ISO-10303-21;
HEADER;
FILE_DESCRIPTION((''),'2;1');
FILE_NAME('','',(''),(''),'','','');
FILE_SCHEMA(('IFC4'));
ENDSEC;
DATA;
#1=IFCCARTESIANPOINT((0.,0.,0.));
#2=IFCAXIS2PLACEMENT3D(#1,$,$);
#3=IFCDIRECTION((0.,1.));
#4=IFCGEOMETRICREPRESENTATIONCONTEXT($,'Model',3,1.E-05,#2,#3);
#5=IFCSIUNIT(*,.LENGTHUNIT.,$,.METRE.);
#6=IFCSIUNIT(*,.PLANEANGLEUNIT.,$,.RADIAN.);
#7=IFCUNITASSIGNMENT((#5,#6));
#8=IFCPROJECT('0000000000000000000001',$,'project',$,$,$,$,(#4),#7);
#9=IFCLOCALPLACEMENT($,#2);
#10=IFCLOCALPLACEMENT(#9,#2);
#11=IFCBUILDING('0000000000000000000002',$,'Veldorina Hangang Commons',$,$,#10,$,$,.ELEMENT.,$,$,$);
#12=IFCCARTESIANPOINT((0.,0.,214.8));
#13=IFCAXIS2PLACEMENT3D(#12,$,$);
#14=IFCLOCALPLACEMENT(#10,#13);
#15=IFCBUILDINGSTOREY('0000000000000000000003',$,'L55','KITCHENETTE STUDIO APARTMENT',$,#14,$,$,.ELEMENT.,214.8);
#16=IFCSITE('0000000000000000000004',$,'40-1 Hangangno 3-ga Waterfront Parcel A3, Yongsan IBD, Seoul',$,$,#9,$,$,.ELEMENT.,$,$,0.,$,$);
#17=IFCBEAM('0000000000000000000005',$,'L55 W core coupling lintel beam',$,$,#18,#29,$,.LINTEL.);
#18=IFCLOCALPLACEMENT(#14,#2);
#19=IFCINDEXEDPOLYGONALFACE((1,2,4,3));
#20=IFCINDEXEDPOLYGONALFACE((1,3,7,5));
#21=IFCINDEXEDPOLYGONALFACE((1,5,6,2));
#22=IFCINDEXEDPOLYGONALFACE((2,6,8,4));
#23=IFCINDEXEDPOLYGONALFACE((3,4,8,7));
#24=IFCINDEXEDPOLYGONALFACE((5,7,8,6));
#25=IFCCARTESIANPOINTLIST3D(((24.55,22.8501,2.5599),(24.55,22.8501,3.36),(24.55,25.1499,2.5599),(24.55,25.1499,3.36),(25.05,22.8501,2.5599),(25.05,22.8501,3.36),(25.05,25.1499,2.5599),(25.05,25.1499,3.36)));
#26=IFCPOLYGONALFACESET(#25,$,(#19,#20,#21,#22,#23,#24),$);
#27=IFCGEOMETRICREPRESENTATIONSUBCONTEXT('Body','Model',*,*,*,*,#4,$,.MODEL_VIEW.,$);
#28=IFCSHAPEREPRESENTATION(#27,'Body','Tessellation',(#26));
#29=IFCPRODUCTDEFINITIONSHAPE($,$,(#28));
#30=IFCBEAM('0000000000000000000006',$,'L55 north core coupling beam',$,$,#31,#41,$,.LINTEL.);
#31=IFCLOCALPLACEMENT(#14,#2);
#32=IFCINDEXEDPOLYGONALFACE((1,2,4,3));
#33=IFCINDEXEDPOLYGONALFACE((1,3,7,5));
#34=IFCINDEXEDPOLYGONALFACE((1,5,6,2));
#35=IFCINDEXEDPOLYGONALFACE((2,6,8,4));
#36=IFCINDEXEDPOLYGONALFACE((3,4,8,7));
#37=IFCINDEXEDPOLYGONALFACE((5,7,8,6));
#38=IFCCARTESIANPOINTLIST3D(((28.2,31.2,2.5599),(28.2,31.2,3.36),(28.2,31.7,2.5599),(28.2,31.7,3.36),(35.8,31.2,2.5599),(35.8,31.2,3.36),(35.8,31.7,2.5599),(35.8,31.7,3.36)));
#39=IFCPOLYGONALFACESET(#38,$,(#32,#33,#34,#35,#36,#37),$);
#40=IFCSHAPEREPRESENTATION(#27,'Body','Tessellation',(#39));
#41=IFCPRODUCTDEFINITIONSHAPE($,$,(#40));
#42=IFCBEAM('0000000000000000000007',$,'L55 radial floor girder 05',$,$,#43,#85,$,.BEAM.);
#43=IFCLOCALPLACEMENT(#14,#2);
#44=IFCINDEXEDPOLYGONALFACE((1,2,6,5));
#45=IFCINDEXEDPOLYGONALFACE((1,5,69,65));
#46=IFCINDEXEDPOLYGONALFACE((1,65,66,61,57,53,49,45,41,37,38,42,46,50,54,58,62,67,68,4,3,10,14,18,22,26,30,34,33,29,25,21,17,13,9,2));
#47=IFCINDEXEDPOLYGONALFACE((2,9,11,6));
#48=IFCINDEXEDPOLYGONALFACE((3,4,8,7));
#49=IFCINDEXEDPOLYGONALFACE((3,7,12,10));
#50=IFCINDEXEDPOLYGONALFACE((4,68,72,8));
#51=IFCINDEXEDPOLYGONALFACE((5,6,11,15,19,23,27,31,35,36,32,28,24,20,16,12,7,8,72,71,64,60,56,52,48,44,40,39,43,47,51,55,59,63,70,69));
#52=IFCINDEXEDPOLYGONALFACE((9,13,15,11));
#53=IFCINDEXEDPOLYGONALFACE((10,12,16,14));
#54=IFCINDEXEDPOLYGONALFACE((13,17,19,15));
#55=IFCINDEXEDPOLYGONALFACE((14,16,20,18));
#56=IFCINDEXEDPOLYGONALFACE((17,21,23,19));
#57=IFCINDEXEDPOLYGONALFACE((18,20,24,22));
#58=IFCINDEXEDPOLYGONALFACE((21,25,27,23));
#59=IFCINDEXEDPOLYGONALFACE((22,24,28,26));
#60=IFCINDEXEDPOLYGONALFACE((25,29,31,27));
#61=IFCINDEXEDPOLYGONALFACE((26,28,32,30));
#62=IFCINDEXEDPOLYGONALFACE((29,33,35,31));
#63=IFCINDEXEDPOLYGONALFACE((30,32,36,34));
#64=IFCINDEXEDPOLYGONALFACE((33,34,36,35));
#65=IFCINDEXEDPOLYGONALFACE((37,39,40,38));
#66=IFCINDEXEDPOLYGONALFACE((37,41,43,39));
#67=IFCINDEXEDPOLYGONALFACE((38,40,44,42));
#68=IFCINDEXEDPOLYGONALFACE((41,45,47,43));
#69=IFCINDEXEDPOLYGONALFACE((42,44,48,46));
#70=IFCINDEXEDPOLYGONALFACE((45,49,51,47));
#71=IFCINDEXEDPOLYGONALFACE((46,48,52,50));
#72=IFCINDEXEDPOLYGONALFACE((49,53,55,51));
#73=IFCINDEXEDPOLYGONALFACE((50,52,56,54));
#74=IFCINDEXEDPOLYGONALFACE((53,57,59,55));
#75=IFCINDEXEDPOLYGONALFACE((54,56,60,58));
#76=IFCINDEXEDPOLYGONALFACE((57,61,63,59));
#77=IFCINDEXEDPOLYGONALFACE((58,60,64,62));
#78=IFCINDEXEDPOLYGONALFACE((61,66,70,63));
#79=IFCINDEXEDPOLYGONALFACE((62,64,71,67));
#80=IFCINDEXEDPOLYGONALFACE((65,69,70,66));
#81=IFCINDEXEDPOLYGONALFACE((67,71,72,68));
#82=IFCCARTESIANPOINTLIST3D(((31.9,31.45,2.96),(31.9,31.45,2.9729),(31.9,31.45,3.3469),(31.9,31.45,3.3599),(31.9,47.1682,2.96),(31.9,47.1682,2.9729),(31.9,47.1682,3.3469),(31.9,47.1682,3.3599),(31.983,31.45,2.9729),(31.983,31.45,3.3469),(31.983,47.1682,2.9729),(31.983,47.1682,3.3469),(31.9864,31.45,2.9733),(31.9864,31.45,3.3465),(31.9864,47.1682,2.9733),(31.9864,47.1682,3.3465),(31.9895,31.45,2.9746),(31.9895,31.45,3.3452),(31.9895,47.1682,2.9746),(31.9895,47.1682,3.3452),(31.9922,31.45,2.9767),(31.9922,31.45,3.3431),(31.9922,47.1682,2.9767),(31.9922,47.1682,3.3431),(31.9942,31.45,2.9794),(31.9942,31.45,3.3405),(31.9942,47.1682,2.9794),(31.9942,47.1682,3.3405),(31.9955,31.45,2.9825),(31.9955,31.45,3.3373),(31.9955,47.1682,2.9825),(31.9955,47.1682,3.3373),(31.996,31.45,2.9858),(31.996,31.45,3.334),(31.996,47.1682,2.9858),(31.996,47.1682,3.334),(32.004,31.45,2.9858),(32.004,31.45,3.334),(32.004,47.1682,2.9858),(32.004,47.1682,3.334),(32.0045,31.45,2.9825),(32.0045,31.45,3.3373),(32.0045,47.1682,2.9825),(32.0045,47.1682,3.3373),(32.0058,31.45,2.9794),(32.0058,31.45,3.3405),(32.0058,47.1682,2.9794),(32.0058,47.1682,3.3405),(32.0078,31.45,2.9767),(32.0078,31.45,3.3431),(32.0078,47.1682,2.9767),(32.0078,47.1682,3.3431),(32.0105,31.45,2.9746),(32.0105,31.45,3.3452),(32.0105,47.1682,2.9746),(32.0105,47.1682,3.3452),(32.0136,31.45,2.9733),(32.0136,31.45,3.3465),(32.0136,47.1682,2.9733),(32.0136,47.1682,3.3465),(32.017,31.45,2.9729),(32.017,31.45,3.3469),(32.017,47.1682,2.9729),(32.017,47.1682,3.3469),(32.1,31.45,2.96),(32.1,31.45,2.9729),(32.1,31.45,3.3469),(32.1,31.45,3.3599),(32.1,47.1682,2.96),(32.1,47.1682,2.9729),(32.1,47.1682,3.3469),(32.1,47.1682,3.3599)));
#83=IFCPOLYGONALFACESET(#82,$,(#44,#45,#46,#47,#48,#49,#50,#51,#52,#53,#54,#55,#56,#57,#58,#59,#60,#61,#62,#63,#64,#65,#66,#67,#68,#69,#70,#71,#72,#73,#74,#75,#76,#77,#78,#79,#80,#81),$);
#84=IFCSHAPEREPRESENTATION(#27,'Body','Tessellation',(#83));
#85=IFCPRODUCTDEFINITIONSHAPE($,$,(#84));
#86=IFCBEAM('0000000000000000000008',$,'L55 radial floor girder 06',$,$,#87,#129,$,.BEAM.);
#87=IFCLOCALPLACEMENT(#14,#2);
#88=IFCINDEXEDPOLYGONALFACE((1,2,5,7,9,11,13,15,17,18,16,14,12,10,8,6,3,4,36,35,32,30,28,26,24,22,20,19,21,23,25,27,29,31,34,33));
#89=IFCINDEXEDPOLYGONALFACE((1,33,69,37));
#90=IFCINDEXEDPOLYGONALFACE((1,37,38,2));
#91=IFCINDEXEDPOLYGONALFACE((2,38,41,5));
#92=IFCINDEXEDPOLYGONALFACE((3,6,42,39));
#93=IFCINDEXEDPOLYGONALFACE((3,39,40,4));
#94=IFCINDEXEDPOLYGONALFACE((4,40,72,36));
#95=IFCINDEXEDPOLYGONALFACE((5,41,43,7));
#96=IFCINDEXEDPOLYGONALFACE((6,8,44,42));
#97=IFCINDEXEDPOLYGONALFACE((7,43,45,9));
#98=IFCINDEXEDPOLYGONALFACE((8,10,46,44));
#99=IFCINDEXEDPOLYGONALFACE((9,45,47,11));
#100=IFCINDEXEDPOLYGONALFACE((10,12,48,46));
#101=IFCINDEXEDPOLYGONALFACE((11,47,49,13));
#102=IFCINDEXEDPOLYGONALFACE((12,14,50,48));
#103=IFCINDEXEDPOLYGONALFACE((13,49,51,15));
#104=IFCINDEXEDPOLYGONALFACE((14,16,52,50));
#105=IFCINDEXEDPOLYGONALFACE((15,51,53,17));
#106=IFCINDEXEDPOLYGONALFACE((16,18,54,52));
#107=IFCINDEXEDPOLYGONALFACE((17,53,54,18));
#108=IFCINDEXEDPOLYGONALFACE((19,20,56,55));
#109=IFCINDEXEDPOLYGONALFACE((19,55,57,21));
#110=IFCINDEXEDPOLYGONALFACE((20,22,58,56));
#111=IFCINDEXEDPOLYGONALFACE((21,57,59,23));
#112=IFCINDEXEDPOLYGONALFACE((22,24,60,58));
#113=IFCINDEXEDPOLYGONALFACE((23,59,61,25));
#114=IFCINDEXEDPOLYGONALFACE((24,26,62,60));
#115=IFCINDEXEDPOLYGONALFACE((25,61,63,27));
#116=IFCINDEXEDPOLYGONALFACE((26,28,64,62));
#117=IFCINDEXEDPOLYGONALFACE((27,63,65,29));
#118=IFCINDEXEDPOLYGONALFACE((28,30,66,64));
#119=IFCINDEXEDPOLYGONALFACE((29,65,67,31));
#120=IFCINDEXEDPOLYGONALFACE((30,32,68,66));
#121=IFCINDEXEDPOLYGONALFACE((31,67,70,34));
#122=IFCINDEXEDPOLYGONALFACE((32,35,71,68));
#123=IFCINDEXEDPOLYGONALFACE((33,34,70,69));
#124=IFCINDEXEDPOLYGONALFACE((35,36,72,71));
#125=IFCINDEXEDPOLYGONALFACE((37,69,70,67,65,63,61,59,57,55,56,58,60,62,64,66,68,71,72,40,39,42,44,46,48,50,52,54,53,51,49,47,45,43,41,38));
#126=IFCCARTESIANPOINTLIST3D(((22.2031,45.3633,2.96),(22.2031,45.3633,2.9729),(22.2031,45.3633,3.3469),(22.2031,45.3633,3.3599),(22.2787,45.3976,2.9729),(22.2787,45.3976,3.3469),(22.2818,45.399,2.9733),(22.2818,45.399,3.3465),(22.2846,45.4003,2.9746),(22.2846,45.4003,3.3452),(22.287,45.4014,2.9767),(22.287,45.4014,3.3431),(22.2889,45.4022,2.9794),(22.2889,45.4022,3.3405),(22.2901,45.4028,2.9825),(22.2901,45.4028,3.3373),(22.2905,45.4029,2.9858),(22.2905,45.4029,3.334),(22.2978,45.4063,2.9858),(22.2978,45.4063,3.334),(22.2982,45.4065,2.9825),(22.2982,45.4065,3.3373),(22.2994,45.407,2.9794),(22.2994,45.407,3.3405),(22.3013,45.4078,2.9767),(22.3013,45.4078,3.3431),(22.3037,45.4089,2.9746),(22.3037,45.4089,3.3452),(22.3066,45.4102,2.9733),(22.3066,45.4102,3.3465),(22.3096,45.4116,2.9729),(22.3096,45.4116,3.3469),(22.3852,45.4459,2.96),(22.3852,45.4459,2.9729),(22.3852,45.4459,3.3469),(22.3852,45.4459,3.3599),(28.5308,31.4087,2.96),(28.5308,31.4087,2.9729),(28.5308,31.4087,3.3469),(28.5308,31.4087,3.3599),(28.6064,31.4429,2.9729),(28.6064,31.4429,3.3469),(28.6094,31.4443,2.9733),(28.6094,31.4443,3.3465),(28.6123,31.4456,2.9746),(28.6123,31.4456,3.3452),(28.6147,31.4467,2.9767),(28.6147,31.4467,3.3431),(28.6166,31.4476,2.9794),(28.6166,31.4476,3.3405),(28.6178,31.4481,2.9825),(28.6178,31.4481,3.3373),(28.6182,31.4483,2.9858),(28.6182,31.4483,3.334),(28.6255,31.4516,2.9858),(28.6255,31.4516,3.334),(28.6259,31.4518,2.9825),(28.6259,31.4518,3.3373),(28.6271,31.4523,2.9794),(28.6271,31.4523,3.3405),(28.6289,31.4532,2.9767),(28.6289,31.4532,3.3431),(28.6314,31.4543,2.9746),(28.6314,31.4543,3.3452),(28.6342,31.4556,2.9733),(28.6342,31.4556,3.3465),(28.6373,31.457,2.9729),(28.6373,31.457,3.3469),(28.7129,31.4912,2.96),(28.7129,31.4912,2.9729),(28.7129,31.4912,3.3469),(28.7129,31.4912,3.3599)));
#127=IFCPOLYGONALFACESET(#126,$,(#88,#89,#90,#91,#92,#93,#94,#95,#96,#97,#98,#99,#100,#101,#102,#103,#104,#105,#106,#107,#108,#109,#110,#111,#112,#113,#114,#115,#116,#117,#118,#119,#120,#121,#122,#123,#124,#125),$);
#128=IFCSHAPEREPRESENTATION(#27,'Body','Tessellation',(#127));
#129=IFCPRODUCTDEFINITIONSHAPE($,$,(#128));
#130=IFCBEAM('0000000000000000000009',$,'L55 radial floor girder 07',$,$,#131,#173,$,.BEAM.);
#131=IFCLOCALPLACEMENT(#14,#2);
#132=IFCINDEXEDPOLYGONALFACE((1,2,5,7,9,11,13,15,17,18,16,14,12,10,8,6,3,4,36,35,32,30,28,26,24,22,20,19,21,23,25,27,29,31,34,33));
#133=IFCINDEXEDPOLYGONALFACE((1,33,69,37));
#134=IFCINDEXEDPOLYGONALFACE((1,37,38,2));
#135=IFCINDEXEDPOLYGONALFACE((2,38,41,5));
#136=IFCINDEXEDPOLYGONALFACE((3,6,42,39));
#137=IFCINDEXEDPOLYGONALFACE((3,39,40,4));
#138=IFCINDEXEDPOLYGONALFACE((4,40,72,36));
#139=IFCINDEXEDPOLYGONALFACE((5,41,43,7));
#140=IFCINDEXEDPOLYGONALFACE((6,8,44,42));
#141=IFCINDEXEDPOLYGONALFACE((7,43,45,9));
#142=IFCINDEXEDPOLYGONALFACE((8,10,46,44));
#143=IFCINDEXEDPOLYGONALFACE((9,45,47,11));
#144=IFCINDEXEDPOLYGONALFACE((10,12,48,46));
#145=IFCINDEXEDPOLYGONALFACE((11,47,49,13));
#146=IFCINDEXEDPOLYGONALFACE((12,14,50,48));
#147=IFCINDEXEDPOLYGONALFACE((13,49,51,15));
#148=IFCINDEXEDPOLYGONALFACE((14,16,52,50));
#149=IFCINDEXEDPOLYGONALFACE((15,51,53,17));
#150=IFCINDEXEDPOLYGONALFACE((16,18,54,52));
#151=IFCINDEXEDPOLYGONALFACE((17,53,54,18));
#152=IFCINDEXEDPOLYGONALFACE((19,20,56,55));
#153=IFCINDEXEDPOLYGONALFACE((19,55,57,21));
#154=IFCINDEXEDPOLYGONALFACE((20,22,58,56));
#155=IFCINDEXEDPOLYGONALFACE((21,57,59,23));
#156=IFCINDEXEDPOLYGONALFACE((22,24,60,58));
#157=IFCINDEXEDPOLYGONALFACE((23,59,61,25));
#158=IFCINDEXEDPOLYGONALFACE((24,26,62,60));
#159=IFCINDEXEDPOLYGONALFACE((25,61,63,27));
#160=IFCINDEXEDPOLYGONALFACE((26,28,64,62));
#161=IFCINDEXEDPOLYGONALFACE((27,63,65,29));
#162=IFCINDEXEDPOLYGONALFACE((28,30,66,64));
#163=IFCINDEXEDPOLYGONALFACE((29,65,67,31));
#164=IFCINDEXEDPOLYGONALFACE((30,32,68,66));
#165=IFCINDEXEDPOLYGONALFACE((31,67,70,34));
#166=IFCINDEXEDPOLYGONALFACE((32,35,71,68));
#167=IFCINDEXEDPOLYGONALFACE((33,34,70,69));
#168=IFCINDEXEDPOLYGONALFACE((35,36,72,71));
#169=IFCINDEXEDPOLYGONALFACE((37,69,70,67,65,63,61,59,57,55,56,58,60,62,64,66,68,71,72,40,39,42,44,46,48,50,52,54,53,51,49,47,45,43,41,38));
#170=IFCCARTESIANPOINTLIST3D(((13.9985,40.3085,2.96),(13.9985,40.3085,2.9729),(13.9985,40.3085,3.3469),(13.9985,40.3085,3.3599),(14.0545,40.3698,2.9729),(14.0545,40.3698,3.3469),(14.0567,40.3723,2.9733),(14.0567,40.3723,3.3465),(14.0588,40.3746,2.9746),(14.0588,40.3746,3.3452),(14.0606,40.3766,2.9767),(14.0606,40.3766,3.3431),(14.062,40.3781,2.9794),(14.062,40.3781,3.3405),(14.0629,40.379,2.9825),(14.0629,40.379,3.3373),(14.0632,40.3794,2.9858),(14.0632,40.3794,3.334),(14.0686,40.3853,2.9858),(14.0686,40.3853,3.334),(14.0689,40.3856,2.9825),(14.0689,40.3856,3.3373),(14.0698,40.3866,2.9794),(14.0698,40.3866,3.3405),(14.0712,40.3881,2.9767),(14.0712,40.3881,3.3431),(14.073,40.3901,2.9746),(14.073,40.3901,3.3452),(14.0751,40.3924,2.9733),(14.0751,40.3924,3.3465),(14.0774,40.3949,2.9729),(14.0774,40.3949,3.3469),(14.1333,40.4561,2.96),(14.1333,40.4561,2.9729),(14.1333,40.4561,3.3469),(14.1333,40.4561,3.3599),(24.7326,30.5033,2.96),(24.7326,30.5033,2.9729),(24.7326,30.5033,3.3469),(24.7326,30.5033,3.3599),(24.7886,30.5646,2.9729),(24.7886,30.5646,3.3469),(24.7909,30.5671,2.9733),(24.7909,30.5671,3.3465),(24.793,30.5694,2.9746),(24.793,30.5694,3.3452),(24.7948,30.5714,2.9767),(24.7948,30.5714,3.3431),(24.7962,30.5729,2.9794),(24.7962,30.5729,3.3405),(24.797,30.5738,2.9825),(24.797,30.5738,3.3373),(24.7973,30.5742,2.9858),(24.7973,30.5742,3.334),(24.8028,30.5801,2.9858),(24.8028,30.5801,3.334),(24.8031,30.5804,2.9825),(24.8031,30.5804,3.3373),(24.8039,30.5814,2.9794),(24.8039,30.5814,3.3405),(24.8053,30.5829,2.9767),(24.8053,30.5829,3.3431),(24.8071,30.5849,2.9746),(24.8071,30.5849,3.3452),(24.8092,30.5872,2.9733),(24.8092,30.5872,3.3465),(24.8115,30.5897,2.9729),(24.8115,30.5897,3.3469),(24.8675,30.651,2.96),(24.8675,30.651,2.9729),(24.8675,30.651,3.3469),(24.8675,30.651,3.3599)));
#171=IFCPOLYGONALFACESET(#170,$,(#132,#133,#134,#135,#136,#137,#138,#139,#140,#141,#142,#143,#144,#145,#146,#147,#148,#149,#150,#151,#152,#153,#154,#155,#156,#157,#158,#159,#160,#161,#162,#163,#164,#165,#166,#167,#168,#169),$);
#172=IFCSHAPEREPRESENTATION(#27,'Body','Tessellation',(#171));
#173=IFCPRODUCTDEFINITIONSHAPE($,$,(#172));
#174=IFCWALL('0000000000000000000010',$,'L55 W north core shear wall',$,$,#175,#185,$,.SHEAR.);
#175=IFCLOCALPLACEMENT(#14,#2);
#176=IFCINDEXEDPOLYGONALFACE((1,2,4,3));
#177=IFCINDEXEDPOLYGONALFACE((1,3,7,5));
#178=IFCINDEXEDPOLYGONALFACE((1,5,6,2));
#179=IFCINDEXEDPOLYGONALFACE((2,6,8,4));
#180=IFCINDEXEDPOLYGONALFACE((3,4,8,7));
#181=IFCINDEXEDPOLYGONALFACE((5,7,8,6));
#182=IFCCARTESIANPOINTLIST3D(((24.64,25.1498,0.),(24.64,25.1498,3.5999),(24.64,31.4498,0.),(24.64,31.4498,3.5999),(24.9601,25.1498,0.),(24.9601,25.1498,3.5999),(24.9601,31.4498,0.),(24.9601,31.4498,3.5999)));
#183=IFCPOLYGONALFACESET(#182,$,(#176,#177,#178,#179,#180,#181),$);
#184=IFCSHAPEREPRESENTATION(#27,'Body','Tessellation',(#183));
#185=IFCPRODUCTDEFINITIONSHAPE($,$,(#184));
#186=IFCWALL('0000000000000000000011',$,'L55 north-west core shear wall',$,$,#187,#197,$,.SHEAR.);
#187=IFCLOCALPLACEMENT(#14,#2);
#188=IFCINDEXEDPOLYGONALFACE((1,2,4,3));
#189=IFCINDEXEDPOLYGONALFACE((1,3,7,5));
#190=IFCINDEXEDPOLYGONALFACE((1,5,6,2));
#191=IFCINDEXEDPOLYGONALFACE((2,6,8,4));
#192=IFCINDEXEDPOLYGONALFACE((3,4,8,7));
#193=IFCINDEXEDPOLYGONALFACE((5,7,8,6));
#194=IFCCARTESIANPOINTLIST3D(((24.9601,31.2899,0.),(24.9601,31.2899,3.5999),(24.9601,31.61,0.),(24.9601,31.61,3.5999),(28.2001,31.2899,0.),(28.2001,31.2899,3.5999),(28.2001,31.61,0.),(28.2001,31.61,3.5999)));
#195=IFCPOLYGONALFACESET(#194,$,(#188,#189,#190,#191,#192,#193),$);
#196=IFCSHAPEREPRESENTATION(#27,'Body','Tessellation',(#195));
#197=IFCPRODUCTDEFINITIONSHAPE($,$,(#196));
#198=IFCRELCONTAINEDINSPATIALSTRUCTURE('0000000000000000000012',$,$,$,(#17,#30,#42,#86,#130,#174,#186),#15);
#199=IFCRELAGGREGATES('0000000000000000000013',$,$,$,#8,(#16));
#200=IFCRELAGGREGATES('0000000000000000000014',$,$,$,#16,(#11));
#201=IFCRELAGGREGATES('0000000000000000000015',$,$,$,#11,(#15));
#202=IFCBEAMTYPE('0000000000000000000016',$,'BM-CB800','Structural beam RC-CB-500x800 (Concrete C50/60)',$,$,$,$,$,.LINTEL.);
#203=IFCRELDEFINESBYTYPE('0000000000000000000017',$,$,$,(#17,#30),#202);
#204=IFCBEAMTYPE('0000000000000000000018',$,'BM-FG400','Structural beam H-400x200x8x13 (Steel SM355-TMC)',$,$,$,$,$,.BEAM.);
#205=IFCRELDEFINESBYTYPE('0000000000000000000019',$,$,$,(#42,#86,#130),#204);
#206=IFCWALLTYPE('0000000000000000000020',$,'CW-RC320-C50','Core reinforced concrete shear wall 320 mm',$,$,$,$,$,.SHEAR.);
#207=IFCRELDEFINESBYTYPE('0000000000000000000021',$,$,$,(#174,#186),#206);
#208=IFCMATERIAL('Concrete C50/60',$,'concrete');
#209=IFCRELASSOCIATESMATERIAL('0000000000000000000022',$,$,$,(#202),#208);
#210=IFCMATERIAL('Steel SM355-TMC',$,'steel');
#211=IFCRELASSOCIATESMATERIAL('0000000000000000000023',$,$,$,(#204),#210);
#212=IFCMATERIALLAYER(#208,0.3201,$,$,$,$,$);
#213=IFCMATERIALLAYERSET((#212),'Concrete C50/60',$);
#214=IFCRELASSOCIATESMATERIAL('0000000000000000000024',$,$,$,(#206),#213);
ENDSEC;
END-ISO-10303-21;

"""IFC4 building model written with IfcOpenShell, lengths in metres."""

from ifc_helpers import new_model, si_unit, direction, frame, frame_2d, origin, origin_2d, place, context, subcontext, project, spatial, rectangle, i_section, extrude, material, layer, layer_set, material_profile, profile_set, type_object, element, save


model = new_model("IFC4")

# Units and contexts
model_context = context("Model", 3, precision=1e-05, world=origin(), true_north=direction((0.0, 1.0)))
body_context = subcontext(model_context, "Body", "Model", "MODEL_VIEW")
ifc_project = project(units=[si_unit("LENGTHUNIT", "METRE"), si_unit("PLANEANGLEUNIT", "RADIAN")], contexts=[model_context])

# Site, building, storey
site_placement = place(None, origin())
site = spatial("IfcSite", under=ifc_project, at=site_placement, Name="40-1 Hangangno 3-ga Waterfront Parcel A3, Yongsan IBD, Seoul", CompositionType="ELEMENT", RefElevation=0.0)
building_placement = place(site_placement, origin())
building = spatial("IfcBuilding", under=site, at=building_placement, Name="Veldorina Hangang Commons", CompositionType="ELEMENT")
storey_placement = place(building_placement, frame((0.0, 0.0, 214.8)))
storey = spatial("IfcBuildingStorey", under=building, at=storey_placement, Name="L55", Description="KITCHENETTE STUDIO APARTMENT", CompositionType="ELEMENT", Elevation=214.8)

# Beams
ifc_material_1 = material(Name="Concrete C50/60", Category="concrete")
ifc_material_profile_1 = material_profile(ifc_material_1, rectangle(XDim=0.5, YDim=0.8, at=origin_2d()), Name="RC-CB-500x800")
ifc_profile_set_1 = profile_set([ifc_material_profile_1], Name="Concrete C50/60")
beam_type_1 = type_object("IfcBeamType", Name="BM-CB800", Description="Structural beam RC-CB-500x800 (Concrete C50/60)", PredefinedType="LINTEL", material=ifc_profile_set_1)
beam_1_placement = place(storey_placement, frame((24.8, 22.8501, 2.96), z_axis=(0.0, 1.0, 0.0), x_axis=(-1.0, 0.0, 0.0)))
element("IfcBeam", 1, at=beam_1_placement, inside=storey, type_object=beam_type_1, Name="L55 W core coupling lintel beam", PredefinedType="LINTEL", context=body_context, shape_type="SweptSolid", body=[
    extrude(rectangle(XDim=0.5, YDim=0.8, at=origin_2d()), origin(), (0.0, 0.0, 1.0), 2.2998),
])
beam_2_placement = place(storey_placement, frame((28.2, 31.45, 2.96), z_axis=(1.0, 0.0, 0.0), x_axis=(0.0, 1.0, 0.0)))
element("IfcBeam", 2, at=beam_2_placement, inside=storey, type_object=beam_type_1, Name="L55 north core coupling beam", PredefinedType="LINTEL", context=body_context, shape_type="SweptSolid", body=[
    extrude(rectangle(XDim=0.5, YDim=0.8, at=origin_2d()), origin(), (0.0, 0.0, 1.0), 7.6001),
])
ifc_material_2 = material(Name="Steel SM355-TMC", Category="steel")
ifc_material_profile_2 = material_profile(ifc_material_2, i_section(OverallWidth=0.2, OverallDepth=0.3999, WebThickness=0.0081, FlangeThickness=0.0129, FilletRadius=0.0129, at=origin_2d()), Name="H-400x200x8x13")
ifc_profile_set_2 = profile_set([ifc_material_profile_2], Name="Steel SM355-TMC")
beam_type_2 = type_object("IfcBeamType", Name="BM-FG400", Description="Structural beam H-400x200x8x13 (Steel SM355-TMC)", PredefinedType="BEAM", material=ifc_profile_set_2)
beam_3_placement = place(storey_placement, frame((32.0, 31.45, 3.1599), z_axis=(0.0, 1.0, 0.0), x_axis=(-1.0, 0.0, 0.0)))
element("IfcBeam", 3, at=beam_3_placement, inside=storey, type_object=beam_type_2, Name="L55 radial floor girder 05", PredefinedType="BEAM", context=body_context, shape_type="SweptSolid", body=[
    extrude(i_section(OverallWidth=0.2, OverallDepth=0.3999, WebThickness=0.0081, FlangeThickness=0.0129, FilletRadius=0.0129, at=origin_2d()), origin(), (0.0, 0.0, 1.0), 15.7183),
])
beam_4_placement = place(storey_placement, frame((28.6218, 31.45, 3.1599), z_axis=(-0.412972, 0.910744, 0.0), x_axis=(-0.910744, -0.412972, 0.0)))
element("IfcBeam", 4, at=beam_4_placement, inside=storey, type_object=beam_type_2, Name="L55 radial floor girder 06", PredefinedType="BEAM", context=body_context, shape_type="SweptSolid", body=[
    extrude(i_section(OverallWidth=0.2, OverallDepth=0.3999, WebThickness=0.0081, FlangeThickness=0.0129, FilletRadius=0.0129, at=origin_2d()), origin(), (0.0, 0.0, 1.0), 15.3223),
])
beam_5_placement = place(storey_placement, frame((24.8, 30.5771, 3.1599), z_axis=(-0.738333, 0.674436, 0.0), x_axis=(-0.674436, -0.738333, 0.0)))
element("IfcBeam", 5, at=beam_5_placement, inside=storey, type_object=beam_type_2, Name="L55 radial floor girder 07", PredefinedType="BEAM", context=body_context, shape_type="SweptSolid", body=[
    extrude(i_section(OverallWidth=0.2, OverallDepth=0.3999, WebThickness=0.0081, FlangeThickness=0.0129, FilletRadius=0.0129, at=origin_2d()), origin(), (0.0, 0.0, 1.0), 14.5383),
])

# Walls
ifc_layer_1 = layer(ifc_material_1, 0.3201)
ifc_layer_set_1 = layer_set([ifc_layer_1], Name="Concrete C50/60")
wall_type_1 = type_object("IfcWallType", Name="CW-RC320-C50", Description="Core reinforced concrete shear wall 320 mm", PredefinedType="SHEAR", material=ifc_layer_set_1)
wall_1_placement = place(storey_placement, frame((24.8, 25.1499, 0.0), z_axis=(0.0, 0.0, 1.0), x_axis=(0.0, 1.0, 0.0)))
element("IfcWall", 6, at=wall_1_placement, inside=storey, type_object=wall_type_1, Name="L55 W north core shear wall", PredefinedType="SHEAR", context=body_context, shape_type="SweptSolid", body=[
    extrude(rectangle(XDim=6.3, YDim=0.3201, at=frame_2d((3.1499, 0.0))), origin(), (0.0, 0.0, 1.0), 3.5999),
])
wall_2_placement = place(storey_placement, frame((24.96, 31.45, 0.0), z_axis=(0.0, 0.0, 1.0), x_axis=(1.0, 0.0, 0.0)))
element("IfcWall", 7, at=wall_2_placement, inside=storey, type_object=wall_type_1, Name="L55 north-west core shear wall", PredefinedType="SHEAR", context=body_context, shape_type="SweptSolid", body=[
    extrude(rectangle(XDim=3.24, YDim=0.3201, at=frame_2d((1.6201, 0.0))), origin(), (0.0, 0.0, 1.0), 3.5999),
])

save(model, "model.ifc")
